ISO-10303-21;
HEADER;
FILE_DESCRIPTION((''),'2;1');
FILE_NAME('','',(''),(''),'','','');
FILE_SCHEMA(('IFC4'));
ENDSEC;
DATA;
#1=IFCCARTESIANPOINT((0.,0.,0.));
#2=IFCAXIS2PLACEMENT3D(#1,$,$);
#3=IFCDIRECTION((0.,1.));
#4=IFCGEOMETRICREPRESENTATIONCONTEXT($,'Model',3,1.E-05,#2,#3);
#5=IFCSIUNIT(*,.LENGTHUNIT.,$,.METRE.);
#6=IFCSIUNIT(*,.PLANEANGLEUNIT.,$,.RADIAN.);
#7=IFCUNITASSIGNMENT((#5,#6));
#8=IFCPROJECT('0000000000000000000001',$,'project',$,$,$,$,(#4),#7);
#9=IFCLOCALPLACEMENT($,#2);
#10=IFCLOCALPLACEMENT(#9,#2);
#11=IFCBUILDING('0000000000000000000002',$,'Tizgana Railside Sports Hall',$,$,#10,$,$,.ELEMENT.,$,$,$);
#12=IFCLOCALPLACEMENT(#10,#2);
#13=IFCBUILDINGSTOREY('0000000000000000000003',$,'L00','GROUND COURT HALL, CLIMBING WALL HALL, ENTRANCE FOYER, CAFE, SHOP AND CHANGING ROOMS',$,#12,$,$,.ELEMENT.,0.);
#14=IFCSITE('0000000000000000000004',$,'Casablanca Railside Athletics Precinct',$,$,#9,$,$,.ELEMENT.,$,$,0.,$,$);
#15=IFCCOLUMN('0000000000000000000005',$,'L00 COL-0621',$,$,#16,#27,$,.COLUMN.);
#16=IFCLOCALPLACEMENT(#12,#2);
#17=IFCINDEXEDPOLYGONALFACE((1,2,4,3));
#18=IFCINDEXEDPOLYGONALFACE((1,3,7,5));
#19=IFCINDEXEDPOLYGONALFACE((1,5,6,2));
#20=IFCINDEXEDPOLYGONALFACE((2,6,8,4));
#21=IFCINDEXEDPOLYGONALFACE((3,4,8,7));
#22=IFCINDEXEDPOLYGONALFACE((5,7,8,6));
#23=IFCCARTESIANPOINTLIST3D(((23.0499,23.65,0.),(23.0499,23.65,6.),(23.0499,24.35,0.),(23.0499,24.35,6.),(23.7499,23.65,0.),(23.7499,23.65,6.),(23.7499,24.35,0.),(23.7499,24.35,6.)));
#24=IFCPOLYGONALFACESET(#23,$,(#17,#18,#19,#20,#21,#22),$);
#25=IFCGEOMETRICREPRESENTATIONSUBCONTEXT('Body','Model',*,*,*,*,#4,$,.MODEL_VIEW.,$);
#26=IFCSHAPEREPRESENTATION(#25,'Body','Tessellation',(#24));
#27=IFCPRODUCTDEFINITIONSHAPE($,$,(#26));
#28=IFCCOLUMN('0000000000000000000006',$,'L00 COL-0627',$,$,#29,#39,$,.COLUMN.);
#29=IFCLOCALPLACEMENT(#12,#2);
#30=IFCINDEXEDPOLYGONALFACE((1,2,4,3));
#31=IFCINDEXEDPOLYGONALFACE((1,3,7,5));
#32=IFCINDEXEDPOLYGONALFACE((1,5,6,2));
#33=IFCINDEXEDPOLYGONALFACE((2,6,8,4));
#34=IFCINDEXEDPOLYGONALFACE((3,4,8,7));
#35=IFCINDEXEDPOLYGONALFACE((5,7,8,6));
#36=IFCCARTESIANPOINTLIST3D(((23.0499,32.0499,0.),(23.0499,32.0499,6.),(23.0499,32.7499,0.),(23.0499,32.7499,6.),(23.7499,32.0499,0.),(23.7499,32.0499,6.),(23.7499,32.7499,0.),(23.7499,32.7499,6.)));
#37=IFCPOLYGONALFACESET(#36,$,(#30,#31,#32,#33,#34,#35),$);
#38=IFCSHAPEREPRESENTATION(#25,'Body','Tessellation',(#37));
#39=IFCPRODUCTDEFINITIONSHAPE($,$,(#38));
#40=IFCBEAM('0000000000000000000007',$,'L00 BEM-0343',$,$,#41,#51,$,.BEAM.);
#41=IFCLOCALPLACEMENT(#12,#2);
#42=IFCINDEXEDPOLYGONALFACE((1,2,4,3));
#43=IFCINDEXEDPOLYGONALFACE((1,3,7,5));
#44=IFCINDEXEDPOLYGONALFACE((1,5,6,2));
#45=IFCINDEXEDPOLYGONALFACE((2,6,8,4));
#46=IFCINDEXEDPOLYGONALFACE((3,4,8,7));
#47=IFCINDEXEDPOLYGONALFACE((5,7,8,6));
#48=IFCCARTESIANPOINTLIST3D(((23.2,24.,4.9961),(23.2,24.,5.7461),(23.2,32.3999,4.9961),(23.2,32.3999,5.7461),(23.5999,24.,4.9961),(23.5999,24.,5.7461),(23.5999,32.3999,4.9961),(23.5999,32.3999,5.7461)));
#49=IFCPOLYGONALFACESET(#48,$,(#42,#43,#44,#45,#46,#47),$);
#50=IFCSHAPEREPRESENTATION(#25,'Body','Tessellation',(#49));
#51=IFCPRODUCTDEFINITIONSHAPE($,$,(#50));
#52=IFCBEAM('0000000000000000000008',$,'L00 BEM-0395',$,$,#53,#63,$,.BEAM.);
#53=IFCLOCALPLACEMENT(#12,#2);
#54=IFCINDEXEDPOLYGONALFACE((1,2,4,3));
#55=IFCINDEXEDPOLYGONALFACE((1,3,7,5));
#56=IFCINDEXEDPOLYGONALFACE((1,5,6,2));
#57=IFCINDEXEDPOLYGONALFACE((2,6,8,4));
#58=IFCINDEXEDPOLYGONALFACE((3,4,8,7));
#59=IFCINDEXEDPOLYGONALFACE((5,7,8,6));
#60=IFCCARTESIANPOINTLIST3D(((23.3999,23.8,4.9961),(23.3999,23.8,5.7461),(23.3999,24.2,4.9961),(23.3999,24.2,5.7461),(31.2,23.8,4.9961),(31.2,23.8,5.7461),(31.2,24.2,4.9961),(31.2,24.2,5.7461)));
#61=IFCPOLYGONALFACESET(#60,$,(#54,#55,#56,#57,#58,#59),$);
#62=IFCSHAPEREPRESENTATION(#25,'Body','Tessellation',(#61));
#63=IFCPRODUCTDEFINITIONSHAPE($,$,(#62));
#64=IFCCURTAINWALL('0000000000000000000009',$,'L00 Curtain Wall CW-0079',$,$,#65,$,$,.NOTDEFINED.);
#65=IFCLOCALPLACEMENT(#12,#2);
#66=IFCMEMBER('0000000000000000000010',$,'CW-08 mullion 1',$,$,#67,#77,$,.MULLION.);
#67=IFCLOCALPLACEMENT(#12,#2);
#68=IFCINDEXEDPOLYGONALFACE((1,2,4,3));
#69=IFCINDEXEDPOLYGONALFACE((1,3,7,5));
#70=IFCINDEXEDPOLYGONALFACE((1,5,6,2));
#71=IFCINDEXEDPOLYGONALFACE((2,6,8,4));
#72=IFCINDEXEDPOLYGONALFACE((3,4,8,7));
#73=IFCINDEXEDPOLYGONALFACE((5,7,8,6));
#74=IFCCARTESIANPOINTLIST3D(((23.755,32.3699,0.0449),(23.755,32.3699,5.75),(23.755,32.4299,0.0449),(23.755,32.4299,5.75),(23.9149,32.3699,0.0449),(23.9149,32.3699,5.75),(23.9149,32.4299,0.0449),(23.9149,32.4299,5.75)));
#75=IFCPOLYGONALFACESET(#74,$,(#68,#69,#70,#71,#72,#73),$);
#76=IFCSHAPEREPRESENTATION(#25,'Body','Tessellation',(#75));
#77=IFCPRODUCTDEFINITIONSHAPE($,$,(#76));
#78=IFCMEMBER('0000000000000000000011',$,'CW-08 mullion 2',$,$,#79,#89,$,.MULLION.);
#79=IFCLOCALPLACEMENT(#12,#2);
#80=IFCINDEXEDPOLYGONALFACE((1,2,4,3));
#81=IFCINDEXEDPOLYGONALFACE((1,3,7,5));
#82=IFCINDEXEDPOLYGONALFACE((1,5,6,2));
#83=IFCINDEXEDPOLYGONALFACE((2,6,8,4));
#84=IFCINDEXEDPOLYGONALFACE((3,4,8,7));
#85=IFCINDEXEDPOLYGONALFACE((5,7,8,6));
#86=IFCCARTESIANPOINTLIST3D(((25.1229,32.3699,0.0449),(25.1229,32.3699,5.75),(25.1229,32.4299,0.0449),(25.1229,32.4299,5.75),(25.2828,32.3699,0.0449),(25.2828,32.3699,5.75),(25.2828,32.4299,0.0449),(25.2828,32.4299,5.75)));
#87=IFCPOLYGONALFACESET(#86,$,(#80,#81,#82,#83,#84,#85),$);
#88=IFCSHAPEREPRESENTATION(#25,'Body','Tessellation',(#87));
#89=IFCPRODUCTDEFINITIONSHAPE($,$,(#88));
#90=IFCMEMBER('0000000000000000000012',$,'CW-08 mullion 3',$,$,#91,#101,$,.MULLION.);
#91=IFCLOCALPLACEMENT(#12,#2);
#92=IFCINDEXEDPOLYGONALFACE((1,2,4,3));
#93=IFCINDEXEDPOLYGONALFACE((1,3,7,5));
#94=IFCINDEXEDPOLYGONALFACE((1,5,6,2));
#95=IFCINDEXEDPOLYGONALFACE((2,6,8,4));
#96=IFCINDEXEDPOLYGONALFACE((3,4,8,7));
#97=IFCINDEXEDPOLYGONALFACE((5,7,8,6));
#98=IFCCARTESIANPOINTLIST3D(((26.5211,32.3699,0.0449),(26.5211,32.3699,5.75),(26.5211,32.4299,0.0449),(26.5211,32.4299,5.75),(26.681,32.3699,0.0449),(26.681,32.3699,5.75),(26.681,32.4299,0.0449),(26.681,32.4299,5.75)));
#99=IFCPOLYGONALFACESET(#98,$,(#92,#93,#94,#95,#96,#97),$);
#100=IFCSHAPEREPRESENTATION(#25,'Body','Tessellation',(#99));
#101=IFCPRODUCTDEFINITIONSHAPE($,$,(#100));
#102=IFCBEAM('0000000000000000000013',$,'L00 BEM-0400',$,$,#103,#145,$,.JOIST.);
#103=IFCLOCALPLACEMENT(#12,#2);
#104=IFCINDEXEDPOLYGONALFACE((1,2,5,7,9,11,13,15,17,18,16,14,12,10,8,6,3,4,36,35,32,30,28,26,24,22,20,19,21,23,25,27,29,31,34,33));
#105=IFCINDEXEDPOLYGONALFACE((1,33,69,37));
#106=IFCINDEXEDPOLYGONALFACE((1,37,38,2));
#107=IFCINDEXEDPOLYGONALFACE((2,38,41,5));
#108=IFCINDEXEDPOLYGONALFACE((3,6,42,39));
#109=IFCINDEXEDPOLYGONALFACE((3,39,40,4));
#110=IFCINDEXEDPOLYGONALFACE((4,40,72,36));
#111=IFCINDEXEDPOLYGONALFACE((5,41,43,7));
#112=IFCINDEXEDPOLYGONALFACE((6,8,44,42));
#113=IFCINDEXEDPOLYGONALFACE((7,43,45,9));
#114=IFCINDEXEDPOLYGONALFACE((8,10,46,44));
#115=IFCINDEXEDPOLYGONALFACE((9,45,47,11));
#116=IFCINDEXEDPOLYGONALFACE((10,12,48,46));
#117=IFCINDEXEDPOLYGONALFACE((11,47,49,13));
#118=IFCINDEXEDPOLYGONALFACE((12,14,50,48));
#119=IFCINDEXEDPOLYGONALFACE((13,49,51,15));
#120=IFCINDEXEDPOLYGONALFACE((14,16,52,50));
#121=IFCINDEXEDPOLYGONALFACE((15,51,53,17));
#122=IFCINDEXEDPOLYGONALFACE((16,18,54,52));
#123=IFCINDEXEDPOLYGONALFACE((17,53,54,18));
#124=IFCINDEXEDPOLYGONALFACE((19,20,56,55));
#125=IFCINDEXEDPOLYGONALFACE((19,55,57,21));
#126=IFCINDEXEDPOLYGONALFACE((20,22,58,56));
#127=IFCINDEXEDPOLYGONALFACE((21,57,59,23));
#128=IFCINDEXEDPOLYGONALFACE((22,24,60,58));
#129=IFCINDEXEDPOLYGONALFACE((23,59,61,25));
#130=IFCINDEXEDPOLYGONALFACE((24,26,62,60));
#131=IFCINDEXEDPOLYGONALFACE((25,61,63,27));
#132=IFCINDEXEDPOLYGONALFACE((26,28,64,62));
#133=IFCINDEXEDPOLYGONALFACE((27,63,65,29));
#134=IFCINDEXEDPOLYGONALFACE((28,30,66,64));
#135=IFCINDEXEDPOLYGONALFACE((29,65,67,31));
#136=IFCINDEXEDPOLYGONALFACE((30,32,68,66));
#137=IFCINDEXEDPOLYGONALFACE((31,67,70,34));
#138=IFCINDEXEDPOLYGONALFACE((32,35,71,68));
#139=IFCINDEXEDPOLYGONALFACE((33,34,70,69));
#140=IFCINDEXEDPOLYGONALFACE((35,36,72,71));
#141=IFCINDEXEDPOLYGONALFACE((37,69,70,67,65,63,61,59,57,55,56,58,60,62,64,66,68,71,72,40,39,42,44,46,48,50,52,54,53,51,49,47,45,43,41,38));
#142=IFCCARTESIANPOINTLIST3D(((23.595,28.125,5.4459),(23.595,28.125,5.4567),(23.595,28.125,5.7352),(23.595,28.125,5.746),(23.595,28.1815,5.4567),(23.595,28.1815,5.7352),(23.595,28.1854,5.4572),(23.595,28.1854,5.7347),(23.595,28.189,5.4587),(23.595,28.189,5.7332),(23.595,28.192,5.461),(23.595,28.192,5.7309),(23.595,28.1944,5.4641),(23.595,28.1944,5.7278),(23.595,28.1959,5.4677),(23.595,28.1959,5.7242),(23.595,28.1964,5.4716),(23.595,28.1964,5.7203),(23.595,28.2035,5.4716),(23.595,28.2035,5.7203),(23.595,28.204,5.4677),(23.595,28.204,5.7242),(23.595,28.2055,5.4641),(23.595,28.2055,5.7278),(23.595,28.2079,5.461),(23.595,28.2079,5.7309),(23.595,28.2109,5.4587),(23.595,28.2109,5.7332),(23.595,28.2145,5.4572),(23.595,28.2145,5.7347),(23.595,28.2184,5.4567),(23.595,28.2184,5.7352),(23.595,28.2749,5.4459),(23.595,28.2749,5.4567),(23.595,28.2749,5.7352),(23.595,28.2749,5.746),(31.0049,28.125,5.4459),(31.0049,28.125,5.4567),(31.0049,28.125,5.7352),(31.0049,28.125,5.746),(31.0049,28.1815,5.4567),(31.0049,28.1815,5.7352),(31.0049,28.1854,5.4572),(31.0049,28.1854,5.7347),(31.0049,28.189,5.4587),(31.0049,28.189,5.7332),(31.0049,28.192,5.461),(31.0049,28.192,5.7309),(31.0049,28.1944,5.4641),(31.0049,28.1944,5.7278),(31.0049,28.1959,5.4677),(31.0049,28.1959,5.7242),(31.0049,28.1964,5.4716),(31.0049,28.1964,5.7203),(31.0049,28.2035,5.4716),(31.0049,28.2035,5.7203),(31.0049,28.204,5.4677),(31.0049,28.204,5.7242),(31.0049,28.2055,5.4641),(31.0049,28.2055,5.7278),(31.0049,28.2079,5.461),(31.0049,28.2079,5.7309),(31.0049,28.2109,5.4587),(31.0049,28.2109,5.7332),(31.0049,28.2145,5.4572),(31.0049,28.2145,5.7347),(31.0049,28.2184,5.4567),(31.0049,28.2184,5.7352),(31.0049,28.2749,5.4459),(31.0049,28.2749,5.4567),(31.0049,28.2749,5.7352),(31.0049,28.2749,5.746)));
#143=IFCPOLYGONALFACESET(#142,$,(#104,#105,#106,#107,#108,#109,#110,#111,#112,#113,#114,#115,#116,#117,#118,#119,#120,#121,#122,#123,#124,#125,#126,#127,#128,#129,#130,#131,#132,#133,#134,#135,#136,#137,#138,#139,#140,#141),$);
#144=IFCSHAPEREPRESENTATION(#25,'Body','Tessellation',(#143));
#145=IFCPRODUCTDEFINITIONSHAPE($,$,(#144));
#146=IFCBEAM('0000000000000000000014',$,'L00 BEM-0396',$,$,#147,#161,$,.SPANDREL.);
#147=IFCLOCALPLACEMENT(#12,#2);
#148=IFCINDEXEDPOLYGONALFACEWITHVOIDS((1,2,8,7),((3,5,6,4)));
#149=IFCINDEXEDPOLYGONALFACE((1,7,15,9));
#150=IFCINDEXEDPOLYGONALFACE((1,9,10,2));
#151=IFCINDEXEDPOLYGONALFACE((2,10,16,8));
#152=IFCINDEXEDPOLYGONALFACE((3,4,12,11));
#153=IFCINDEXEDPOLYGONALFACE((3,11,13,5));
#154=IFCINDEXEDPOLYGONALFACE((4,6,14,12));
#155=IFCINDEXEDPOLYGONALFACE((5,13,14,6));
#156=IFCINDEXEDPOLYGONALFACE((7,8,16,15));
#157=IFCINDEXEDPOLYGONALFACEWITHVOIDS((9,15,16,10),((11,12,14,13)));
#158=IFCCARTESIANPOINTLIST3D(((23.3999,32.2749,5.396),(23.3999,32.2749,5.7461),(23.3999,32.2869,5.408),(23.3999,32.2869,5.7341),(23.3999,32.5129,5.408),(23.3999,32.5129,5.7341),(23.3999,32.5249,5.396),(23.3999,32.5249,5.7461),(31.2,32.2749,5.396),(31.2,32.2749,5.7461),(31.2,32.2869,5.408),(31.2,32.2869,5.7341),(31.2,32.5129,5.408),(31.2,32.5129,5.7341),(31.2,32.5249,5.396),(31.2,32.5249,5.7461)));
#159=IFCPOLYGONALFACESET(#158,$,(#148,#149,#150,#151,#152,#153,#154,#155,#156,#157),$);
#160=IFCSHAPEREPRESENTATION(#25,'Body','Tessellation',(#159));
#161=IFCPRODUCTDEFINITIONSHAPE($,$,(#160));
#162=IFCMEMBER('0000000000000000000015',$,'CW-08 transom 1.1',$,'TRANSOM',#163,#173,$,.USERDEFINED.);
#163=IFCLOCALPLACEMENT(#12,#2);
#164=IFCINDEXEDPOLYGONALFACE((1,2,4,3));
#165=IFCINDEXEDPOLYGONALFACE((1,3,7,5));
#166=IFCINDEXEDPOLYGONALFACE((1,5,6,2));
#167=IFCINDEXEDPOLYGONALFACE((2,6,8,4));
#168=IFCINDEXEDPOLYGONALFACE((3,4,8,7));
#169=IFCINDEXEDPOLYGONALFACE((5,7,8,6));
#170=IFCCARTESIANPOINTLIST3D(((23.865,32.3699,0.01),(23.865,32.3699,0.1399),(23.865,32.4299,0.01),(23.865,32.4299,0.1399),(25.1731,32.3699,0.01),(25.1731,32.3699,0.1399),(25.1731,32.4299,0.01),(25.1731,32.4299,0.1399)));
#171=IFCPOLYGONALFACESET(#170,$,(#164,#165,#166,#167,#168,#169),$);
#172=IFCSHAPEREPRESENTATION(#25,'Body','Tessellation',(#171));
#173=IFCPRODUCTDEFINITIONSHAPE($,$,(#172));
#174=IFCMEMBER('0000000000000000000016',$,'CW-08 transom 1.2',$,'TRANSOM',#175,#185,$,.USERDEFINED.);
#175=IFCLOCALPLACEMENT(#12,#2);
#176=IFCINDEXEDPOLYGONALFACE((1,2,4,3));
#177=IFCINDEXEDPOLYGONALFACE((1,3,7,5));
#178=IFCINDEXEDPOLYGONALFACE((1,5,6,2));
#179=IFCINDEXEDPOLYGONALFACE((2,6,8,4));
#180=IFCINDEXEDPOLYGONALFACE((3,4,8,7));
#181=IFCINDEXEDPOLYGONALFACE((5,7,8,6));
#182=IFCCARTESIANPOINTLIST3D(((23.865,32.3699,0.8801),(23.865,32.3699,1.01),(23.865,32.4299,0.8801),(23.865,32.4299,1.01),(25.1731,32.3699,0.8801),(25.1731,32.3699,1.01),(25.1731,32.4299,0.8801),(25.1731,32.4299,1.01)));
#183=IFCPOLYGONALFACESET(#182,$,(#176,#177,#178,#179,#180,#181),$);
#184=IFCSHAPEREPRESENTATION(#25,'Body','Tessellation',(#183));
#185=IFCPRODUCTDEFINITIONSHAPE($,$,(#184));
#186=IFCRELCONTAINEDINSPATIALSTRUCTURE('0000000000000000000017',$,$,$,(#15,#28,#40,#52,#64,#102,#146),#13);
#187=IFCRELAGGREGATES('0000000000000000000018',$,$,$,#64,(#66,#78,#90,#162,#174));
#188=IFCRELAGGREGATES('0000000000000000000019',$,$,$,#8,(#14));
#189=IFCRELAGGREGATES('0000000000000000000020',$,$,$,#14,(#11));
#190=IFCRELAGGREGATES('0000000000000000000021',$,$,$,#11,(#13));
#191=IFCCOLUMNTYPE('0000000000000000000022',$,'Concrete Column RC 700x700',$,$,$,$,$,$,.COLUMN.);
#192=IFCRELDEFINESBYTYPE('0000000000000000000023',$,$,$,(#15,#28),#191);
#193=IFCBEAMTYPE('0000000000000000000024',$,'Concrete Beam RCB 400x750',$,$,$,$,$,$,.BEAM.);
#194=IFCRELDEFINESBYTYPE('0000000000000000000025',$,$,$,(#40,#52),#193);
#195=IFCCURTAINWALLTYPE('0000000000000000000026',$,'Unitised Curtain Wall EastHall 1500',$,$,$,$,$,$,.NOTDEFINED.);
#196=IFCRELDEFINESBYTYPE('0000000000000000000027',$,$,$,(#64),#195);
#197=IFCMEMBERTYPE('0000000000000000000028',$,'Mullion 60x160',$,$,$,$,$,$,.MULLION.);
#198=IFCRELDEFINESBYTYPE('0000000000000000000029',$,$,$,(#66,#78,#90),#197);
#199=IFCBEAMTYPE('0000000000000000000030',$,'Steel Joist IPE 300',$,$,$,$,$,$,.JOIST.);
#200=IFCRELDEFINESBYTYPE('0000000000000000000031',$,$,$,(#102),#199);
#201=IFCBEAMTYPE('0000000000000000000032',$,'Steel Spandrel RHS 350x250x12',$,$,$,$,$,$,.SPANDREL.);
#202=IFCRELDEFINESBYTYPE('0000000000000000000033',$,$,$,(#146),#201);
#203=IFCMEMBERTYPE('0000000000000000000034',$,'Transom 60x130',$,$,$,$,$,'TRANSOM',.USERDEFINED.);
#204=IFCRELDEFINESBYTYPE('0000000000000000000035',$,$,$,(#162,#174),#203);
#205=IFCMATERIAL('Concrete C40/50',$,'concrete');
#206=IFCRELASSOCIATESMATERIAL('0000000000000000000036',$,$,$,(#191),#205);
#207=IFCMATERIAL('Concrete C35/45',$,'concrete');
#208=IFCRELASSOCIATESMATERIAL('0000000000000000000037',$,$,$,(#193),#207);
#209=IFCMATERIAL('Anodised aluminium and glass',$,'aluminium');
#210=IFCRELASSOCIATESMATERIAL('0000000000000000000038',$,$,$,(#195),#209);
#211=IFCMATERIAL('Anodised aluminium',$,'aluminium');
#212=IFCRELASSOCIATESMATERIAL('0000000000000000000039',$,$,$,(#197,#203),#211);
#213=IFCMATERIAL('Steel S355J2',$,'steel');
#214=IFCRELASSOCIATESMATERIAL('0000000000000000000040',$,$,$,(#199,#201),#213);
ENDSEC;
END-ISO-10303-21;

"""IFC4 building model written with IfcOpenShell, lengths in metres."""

from ifc_helpers import new_model, si_unit, direction, frame, origin, origin_2d, place, context, subcontext, project, spatial, rectangle, hollow_rectangle, i_section, extrude, material, material_profile, profile_set, type_object, element, aggregate, save


model = new_model("IFC4")

# Units and contexts
model_context = context("Model", 3, precision=1e-05, world=origin(), true_north=direction((0.0, 1.0)))
body_context = subcontext(model_context, "Body", "Model", "MODEL_VIEW")
ifc_project = project(units=[si_unit("LENGTHUNIT", "METRE"), si_unit("PLANEANGLEUNIT", "RADIAN")], contexts=[model_context])

# Site, building, storey
site_placement = place(None, origin())
site = spatial("IfcSite", under=ifc_project, at=site_placement, Name="Casablanca Railside Athletics Precinct", CompositionType="ELEMENT", RefElevation=0.0)
building_placement = place(site_placement, origin())
building = spatial("IfcBuilding", under=site, at=building_placement, Name="Tizgana Railside Sports Hall", CompositionType="ELEMENT")
storey_placement = place(building_placement, origin())
storey = spatial("IfcBuildingStorey", under=building, at=storey_placement, Name="L00", Description="GROUND COURT HALL, CLIMBING WALL HALL, ENTRANCE FOYER, CAFE, SHOP AND CHANGING ROOMS", CompositionType="ELEMENT", Elevation=0.0)

# Columns
ifc_material_1 = material(Name="Concrete C40/50", Category="concrete")
ifc_material_profile_1 = material_profile(ifc_material_1, rectangle(XDim=0.7, YDim=0.7, at=origin_2d()), Name="RC 700x700")
ifc_profile_set_1 = profile_set([ifc_material_profile_1], Name="Concrete C40/50")
column_type = type_object("IfcColumnType", Name="Concrete Column RC 700x700", PredefinedType="COLUMN", material=ifc_profile_set_1)
for number, where, z_axis, x_axis, name in (
    (1, (23.3999, 24.0, 0.0), (0.0, 0.0, 1.0), (1.0, 0.0, 0.0), "L00 COL-0621"),
    (2, (23.3999, 32.3999, 0.0), (0.0, 0.0, 1.0), (1.0, 0.0, 0.0), "L00 COL-0627"),
):
    element("IfcColumn", number, at=place(storey_placement, frame(where, z_axis=z_axis, x_axis=x_axis)), inside=storey, type_object=column_type, Name=name, PredefinedType="COLUMN", context=body_context, shape_type="SweptSolid", body=[
        extrude(rectangle(XDim=0.7, YDim=0.7, at=origin_2d()), origin(), (0.0, 0.0, 1.0), 6.0),
    ])

# Beams
ifc_material_2 = material(Name="Concrete C35/45", Category="concrete")
ifc_material_profile_2 = material_profile(ifc_material_2, rectangle(XDim=0.3999, YDim=0.75, at=origin_2d()), Name="RCB 400x750")
ifc_profile_set_2 = profile_set([ifc_material_profile_2], Name="Concrete C35/45")
beam_type_1 = type_object("IfcBeamType", Name="Concrete Beam RCB 400x750", PredefinedType="BEAM", material=ifc_profile_set_2)
beam_1_placement = place(storey_placement, frame((23.3999, 24.0, 5.3711), z_axis=(0.0, 1.0, 0.0), x_axis=(-1.0, 0.0, 0.0)))
element("IfcBeam", 3, at=beam_1_placement, inside=storey, type_object=beam_type_1, Name="L00 BEM-0343", PredefinedType="BEAM", context=body_context, shape_type="SweptSolid", body=[
    extrude(rectangle(XDim=0.3999, YDim=0.75, at=origin_2d()), origin(), (0.0, 0.0, 1.0), 8.3999),
])
beam_2_placement = place(storey_placement, frame((23.3999, 24.0, 5.3711), z_axis=(1.0, 0.0, 0.0), x_axis=(0.0, 1.0, 0.0)))
element("IfcBeam", 4, at=beam_2_placement, inside=storey, type_object=beam_type_1, Name="L00 BEM-0395", PredefinedType="BEAM", context=body_context, shape_type="SweptSolid", body=[
    extrude(rectangle(XDim=0.3999, YDim=0.75, at=origin_2d()), origin(), (0.0, 0.0, 1.0), 7.8),
])

# Curtain wall, members
ifc_material_3 = material(Name="Anodised aluminium and glass", Category="aluminium")
curtain_wall_type = type_object("IfcCurtainWallType", Name="Unitised Curtain Wall EastHall 1500", PredefinedType="NOTDEFINED", material=ifc_material_3)
curtain_wall_placement = place(storey_placement, origin())
curtain_wall = element("IfcCurtainWall", 5, at=curtain_wall_placement, inside=storey, type_object=curtain_wall_type, Name="L00 Curtain Wall CW-0079", PredefinedType="NOTDEFINED")
ifc_material_4 = material(Name="Anodised aluminium", Category="aluminium")
ifc_material_profile_3 = material_profile(ifc_material_4, rectangle(XDim=0.0601, YDim=0.1599, at=origin_2d()), Name="Mullion 60x160")
ifc_profile_set_3 = profile_set([ifc_material_profile_3], Name="Anodised aluminium")
member_type_1 = type_object("IfcMemberType", Name="Mullion 60x160", PredefinedType="MULLION", material=ifc_profile_set_3)
member_1_placement = place(storey_placement, frame((23.835, 32.3999, 0.0449), z_axis=(0.0, 0.0, 1.0), x_axis=(0.0, 1.0, 0.0)))
member_1 = element("IfcMember", 6, at=member_1_placement, type_object=member_type_1, Name="CW-08 mullion 1", PredefinedType="MULLION", context=body_context, shape_type="SweptSolid", body=[
    extrude(rectangle(XDim=0.0601, YDim=0.1599, at=origin_2d()), origin(), (0.0, 0.0, 1.0), 5.7051),
])
member_2_placement = place(storey_placement, frame((25.2029, 32.3999, 0.0449), z_axis=(0.0, 0.0, 1.0), x_axis=(0.0, 1.0, 0.0)))
member_2 = element("IfcMember", 7, at=member_2_placement, type_object=member_type_1, Name="CW-08 mullion 2", PredefinedType="MULLION", context=body_context, shape_type="SweptSolid", body=[
    extrude(rectangle(XDim=0.0601, YDim=0.1599, at=origin_2d()), origin(), (0.0, 0.0, 1.0), 5.7051),
])
member_3_placement = place(storey_placement, frame((26.6011, 32.3999, 0.0449), z_axis=(0.0, 0.0, 1.0), x_axis=(0.0, 1.0, 0.0)))
member_3 = element("IfcMember", 8, at=member_3_placement, type_object=member_type_1, Name="CW-08 mullion 3", PredefinedType="MULLION", context=body_context, shape_type="SweptSolid", body=[
    extrude(rectangle(XDim=0.0601, YDim=0.1599, at=origin_2d()), origin(), (0.0, 0.0, 1.0), 5.7051),
])

# Beams
ifc_material_5 = material(Name="Steel S355J2", Category="steel")
ifc_material_profile_4 = material_profile(ifc_material_5, i_section(OverallWidth=0.1499, OverallDepth=0.3, WebThickness=0.0071, FlangeThickness=0.0107, FilletRadius=0.0149, at=origin_2d()), Name="IPE 300")
ifc_profile_set_4 = profile_set([ifc_material_profile_4], Name="Steel S355J2")
beam_type_2 = type_object("IfcBeamType", Name="Steel Joist IPE 300", PredefinedType="JOIST", material=ifc_profile_set_4)
beam_3_placement = place(storey_placement, frame((23.595, 28.2, 5.5959), z_axis=(1.0, 0.0, 0.0), x_axis=(0.0, 1.0, 0.0)))
element("IfcBeam", 9, at=beam_3_placement, inside=storey, type_object=beam_type_2, Name="L00 BEM-0400", PredefinedType="JOIST", context=body_context, shape_type="SweptSolid", body=[
    extrude(i_section(OverallWidth=0.1499, OverallDepth=0.3, WebThickness=0.0071, FlangeThickness=0.0107, FilletRadius=0.0149, at=origin_2d()), origin(), (0.0, 0.0, 1.0), 7.4099),
])
ifc_material_profile_5 = material_profile(ifc_material_5, hollow_rectangle(XDim=0.25, YDim=0.3501, WallThickness=0.012, at=origin_2d()), Name="RHS 350x250x12")
ifc_profile_set_5 = profile_set([ifc_material_profile_5], Name="Steel S355J2")
beam_type_3 = type_object("IfcBeamType", Name="Steel Spandrel RHS 350x250x12", PredefinedType="SPANDREL", material=ifc_profile_set_5)
beam_4_placement = place(storey_placement, frame((23.3999, 32.3999, 5.571), z_axis=(1.0, 0.0, 0.0), x_axis=(0.0, 1.0, 0.0)))
element("IfcBeam", 10, at=beam_4_placement, inside=storey, type_object=beam_type_3, Name="L00 BEM-0396", PredefinedType="SPANDREL", context=body_context, shape_type="SweptSolid", body=[
    extrude(hollow_rectangle(XDim=0.25, YDim=0.3501, WallThickness=0.012, at=origin_2d()), origin(), (0.0, 0.0, 1.0), 7.8),
])

# Members
ifc_material_profile_6 = material_profile(ifc_material_4, rectangle(XDim=0.0601, YDim=0.1299, at=origin_2d()), Name="Transom 60x130")
ifc_profile_set_6 = profile_set([ifc_material_profile_6], Name="Anodised aluminium")
member_type_2 = type_object("IfcMemberType", Name="Transom 60x130", ElementType="TRANSOM", PredefinedType="USERDEFINED", material=ifc_profile_set_6)
member_4_placement = place(storey_placement, frame((23.865, 32.3999, 0.075), z_axis=(1.0, 0.0, 0.0), x_axis=(0.0, 1.0, 0.0)))
member_4 = element("IfcMember", 11, at=member_4_placement, type_object=member_type_2, Name="CW-08 transom 1.1", ObjectType="TRANSOM", PredefinedType="USERDEFINED", context=body_context, shape_type="SweptSolid", body=[
    extrude(rectangle(XDim=0.0601, YDim=0.1299, at=origin_2d()), origin(), (0.0, 0.0, 1.0), 1.3081),
])
member_5_placement = place(storey_placement, frame((23.865, 32.3999, 0.9451), z_axis=(1.0, 0.0, 0.0), x_axis=(0.0, 1.0, 0.0)))
member_5 = element("IfcMember", 12, at=member_5_placement, type_object=member_type_2, Name="CW-08 transom 1.2", ObjectType="TRANSOM", PredefinedType="USERDEFINED", context=body_context, shape_type="SweptSolid", body=[
    extrude(rectangle(XDim=0.0601, YDim=0.1299, at=origin_2d()), origin(), (0.0, 0.0, 1.0), 1.3081),
])

aggregate(curtain_wall, [member_1, member_2, member_3, member_4, member_5])

save(model, "model.ifc")
